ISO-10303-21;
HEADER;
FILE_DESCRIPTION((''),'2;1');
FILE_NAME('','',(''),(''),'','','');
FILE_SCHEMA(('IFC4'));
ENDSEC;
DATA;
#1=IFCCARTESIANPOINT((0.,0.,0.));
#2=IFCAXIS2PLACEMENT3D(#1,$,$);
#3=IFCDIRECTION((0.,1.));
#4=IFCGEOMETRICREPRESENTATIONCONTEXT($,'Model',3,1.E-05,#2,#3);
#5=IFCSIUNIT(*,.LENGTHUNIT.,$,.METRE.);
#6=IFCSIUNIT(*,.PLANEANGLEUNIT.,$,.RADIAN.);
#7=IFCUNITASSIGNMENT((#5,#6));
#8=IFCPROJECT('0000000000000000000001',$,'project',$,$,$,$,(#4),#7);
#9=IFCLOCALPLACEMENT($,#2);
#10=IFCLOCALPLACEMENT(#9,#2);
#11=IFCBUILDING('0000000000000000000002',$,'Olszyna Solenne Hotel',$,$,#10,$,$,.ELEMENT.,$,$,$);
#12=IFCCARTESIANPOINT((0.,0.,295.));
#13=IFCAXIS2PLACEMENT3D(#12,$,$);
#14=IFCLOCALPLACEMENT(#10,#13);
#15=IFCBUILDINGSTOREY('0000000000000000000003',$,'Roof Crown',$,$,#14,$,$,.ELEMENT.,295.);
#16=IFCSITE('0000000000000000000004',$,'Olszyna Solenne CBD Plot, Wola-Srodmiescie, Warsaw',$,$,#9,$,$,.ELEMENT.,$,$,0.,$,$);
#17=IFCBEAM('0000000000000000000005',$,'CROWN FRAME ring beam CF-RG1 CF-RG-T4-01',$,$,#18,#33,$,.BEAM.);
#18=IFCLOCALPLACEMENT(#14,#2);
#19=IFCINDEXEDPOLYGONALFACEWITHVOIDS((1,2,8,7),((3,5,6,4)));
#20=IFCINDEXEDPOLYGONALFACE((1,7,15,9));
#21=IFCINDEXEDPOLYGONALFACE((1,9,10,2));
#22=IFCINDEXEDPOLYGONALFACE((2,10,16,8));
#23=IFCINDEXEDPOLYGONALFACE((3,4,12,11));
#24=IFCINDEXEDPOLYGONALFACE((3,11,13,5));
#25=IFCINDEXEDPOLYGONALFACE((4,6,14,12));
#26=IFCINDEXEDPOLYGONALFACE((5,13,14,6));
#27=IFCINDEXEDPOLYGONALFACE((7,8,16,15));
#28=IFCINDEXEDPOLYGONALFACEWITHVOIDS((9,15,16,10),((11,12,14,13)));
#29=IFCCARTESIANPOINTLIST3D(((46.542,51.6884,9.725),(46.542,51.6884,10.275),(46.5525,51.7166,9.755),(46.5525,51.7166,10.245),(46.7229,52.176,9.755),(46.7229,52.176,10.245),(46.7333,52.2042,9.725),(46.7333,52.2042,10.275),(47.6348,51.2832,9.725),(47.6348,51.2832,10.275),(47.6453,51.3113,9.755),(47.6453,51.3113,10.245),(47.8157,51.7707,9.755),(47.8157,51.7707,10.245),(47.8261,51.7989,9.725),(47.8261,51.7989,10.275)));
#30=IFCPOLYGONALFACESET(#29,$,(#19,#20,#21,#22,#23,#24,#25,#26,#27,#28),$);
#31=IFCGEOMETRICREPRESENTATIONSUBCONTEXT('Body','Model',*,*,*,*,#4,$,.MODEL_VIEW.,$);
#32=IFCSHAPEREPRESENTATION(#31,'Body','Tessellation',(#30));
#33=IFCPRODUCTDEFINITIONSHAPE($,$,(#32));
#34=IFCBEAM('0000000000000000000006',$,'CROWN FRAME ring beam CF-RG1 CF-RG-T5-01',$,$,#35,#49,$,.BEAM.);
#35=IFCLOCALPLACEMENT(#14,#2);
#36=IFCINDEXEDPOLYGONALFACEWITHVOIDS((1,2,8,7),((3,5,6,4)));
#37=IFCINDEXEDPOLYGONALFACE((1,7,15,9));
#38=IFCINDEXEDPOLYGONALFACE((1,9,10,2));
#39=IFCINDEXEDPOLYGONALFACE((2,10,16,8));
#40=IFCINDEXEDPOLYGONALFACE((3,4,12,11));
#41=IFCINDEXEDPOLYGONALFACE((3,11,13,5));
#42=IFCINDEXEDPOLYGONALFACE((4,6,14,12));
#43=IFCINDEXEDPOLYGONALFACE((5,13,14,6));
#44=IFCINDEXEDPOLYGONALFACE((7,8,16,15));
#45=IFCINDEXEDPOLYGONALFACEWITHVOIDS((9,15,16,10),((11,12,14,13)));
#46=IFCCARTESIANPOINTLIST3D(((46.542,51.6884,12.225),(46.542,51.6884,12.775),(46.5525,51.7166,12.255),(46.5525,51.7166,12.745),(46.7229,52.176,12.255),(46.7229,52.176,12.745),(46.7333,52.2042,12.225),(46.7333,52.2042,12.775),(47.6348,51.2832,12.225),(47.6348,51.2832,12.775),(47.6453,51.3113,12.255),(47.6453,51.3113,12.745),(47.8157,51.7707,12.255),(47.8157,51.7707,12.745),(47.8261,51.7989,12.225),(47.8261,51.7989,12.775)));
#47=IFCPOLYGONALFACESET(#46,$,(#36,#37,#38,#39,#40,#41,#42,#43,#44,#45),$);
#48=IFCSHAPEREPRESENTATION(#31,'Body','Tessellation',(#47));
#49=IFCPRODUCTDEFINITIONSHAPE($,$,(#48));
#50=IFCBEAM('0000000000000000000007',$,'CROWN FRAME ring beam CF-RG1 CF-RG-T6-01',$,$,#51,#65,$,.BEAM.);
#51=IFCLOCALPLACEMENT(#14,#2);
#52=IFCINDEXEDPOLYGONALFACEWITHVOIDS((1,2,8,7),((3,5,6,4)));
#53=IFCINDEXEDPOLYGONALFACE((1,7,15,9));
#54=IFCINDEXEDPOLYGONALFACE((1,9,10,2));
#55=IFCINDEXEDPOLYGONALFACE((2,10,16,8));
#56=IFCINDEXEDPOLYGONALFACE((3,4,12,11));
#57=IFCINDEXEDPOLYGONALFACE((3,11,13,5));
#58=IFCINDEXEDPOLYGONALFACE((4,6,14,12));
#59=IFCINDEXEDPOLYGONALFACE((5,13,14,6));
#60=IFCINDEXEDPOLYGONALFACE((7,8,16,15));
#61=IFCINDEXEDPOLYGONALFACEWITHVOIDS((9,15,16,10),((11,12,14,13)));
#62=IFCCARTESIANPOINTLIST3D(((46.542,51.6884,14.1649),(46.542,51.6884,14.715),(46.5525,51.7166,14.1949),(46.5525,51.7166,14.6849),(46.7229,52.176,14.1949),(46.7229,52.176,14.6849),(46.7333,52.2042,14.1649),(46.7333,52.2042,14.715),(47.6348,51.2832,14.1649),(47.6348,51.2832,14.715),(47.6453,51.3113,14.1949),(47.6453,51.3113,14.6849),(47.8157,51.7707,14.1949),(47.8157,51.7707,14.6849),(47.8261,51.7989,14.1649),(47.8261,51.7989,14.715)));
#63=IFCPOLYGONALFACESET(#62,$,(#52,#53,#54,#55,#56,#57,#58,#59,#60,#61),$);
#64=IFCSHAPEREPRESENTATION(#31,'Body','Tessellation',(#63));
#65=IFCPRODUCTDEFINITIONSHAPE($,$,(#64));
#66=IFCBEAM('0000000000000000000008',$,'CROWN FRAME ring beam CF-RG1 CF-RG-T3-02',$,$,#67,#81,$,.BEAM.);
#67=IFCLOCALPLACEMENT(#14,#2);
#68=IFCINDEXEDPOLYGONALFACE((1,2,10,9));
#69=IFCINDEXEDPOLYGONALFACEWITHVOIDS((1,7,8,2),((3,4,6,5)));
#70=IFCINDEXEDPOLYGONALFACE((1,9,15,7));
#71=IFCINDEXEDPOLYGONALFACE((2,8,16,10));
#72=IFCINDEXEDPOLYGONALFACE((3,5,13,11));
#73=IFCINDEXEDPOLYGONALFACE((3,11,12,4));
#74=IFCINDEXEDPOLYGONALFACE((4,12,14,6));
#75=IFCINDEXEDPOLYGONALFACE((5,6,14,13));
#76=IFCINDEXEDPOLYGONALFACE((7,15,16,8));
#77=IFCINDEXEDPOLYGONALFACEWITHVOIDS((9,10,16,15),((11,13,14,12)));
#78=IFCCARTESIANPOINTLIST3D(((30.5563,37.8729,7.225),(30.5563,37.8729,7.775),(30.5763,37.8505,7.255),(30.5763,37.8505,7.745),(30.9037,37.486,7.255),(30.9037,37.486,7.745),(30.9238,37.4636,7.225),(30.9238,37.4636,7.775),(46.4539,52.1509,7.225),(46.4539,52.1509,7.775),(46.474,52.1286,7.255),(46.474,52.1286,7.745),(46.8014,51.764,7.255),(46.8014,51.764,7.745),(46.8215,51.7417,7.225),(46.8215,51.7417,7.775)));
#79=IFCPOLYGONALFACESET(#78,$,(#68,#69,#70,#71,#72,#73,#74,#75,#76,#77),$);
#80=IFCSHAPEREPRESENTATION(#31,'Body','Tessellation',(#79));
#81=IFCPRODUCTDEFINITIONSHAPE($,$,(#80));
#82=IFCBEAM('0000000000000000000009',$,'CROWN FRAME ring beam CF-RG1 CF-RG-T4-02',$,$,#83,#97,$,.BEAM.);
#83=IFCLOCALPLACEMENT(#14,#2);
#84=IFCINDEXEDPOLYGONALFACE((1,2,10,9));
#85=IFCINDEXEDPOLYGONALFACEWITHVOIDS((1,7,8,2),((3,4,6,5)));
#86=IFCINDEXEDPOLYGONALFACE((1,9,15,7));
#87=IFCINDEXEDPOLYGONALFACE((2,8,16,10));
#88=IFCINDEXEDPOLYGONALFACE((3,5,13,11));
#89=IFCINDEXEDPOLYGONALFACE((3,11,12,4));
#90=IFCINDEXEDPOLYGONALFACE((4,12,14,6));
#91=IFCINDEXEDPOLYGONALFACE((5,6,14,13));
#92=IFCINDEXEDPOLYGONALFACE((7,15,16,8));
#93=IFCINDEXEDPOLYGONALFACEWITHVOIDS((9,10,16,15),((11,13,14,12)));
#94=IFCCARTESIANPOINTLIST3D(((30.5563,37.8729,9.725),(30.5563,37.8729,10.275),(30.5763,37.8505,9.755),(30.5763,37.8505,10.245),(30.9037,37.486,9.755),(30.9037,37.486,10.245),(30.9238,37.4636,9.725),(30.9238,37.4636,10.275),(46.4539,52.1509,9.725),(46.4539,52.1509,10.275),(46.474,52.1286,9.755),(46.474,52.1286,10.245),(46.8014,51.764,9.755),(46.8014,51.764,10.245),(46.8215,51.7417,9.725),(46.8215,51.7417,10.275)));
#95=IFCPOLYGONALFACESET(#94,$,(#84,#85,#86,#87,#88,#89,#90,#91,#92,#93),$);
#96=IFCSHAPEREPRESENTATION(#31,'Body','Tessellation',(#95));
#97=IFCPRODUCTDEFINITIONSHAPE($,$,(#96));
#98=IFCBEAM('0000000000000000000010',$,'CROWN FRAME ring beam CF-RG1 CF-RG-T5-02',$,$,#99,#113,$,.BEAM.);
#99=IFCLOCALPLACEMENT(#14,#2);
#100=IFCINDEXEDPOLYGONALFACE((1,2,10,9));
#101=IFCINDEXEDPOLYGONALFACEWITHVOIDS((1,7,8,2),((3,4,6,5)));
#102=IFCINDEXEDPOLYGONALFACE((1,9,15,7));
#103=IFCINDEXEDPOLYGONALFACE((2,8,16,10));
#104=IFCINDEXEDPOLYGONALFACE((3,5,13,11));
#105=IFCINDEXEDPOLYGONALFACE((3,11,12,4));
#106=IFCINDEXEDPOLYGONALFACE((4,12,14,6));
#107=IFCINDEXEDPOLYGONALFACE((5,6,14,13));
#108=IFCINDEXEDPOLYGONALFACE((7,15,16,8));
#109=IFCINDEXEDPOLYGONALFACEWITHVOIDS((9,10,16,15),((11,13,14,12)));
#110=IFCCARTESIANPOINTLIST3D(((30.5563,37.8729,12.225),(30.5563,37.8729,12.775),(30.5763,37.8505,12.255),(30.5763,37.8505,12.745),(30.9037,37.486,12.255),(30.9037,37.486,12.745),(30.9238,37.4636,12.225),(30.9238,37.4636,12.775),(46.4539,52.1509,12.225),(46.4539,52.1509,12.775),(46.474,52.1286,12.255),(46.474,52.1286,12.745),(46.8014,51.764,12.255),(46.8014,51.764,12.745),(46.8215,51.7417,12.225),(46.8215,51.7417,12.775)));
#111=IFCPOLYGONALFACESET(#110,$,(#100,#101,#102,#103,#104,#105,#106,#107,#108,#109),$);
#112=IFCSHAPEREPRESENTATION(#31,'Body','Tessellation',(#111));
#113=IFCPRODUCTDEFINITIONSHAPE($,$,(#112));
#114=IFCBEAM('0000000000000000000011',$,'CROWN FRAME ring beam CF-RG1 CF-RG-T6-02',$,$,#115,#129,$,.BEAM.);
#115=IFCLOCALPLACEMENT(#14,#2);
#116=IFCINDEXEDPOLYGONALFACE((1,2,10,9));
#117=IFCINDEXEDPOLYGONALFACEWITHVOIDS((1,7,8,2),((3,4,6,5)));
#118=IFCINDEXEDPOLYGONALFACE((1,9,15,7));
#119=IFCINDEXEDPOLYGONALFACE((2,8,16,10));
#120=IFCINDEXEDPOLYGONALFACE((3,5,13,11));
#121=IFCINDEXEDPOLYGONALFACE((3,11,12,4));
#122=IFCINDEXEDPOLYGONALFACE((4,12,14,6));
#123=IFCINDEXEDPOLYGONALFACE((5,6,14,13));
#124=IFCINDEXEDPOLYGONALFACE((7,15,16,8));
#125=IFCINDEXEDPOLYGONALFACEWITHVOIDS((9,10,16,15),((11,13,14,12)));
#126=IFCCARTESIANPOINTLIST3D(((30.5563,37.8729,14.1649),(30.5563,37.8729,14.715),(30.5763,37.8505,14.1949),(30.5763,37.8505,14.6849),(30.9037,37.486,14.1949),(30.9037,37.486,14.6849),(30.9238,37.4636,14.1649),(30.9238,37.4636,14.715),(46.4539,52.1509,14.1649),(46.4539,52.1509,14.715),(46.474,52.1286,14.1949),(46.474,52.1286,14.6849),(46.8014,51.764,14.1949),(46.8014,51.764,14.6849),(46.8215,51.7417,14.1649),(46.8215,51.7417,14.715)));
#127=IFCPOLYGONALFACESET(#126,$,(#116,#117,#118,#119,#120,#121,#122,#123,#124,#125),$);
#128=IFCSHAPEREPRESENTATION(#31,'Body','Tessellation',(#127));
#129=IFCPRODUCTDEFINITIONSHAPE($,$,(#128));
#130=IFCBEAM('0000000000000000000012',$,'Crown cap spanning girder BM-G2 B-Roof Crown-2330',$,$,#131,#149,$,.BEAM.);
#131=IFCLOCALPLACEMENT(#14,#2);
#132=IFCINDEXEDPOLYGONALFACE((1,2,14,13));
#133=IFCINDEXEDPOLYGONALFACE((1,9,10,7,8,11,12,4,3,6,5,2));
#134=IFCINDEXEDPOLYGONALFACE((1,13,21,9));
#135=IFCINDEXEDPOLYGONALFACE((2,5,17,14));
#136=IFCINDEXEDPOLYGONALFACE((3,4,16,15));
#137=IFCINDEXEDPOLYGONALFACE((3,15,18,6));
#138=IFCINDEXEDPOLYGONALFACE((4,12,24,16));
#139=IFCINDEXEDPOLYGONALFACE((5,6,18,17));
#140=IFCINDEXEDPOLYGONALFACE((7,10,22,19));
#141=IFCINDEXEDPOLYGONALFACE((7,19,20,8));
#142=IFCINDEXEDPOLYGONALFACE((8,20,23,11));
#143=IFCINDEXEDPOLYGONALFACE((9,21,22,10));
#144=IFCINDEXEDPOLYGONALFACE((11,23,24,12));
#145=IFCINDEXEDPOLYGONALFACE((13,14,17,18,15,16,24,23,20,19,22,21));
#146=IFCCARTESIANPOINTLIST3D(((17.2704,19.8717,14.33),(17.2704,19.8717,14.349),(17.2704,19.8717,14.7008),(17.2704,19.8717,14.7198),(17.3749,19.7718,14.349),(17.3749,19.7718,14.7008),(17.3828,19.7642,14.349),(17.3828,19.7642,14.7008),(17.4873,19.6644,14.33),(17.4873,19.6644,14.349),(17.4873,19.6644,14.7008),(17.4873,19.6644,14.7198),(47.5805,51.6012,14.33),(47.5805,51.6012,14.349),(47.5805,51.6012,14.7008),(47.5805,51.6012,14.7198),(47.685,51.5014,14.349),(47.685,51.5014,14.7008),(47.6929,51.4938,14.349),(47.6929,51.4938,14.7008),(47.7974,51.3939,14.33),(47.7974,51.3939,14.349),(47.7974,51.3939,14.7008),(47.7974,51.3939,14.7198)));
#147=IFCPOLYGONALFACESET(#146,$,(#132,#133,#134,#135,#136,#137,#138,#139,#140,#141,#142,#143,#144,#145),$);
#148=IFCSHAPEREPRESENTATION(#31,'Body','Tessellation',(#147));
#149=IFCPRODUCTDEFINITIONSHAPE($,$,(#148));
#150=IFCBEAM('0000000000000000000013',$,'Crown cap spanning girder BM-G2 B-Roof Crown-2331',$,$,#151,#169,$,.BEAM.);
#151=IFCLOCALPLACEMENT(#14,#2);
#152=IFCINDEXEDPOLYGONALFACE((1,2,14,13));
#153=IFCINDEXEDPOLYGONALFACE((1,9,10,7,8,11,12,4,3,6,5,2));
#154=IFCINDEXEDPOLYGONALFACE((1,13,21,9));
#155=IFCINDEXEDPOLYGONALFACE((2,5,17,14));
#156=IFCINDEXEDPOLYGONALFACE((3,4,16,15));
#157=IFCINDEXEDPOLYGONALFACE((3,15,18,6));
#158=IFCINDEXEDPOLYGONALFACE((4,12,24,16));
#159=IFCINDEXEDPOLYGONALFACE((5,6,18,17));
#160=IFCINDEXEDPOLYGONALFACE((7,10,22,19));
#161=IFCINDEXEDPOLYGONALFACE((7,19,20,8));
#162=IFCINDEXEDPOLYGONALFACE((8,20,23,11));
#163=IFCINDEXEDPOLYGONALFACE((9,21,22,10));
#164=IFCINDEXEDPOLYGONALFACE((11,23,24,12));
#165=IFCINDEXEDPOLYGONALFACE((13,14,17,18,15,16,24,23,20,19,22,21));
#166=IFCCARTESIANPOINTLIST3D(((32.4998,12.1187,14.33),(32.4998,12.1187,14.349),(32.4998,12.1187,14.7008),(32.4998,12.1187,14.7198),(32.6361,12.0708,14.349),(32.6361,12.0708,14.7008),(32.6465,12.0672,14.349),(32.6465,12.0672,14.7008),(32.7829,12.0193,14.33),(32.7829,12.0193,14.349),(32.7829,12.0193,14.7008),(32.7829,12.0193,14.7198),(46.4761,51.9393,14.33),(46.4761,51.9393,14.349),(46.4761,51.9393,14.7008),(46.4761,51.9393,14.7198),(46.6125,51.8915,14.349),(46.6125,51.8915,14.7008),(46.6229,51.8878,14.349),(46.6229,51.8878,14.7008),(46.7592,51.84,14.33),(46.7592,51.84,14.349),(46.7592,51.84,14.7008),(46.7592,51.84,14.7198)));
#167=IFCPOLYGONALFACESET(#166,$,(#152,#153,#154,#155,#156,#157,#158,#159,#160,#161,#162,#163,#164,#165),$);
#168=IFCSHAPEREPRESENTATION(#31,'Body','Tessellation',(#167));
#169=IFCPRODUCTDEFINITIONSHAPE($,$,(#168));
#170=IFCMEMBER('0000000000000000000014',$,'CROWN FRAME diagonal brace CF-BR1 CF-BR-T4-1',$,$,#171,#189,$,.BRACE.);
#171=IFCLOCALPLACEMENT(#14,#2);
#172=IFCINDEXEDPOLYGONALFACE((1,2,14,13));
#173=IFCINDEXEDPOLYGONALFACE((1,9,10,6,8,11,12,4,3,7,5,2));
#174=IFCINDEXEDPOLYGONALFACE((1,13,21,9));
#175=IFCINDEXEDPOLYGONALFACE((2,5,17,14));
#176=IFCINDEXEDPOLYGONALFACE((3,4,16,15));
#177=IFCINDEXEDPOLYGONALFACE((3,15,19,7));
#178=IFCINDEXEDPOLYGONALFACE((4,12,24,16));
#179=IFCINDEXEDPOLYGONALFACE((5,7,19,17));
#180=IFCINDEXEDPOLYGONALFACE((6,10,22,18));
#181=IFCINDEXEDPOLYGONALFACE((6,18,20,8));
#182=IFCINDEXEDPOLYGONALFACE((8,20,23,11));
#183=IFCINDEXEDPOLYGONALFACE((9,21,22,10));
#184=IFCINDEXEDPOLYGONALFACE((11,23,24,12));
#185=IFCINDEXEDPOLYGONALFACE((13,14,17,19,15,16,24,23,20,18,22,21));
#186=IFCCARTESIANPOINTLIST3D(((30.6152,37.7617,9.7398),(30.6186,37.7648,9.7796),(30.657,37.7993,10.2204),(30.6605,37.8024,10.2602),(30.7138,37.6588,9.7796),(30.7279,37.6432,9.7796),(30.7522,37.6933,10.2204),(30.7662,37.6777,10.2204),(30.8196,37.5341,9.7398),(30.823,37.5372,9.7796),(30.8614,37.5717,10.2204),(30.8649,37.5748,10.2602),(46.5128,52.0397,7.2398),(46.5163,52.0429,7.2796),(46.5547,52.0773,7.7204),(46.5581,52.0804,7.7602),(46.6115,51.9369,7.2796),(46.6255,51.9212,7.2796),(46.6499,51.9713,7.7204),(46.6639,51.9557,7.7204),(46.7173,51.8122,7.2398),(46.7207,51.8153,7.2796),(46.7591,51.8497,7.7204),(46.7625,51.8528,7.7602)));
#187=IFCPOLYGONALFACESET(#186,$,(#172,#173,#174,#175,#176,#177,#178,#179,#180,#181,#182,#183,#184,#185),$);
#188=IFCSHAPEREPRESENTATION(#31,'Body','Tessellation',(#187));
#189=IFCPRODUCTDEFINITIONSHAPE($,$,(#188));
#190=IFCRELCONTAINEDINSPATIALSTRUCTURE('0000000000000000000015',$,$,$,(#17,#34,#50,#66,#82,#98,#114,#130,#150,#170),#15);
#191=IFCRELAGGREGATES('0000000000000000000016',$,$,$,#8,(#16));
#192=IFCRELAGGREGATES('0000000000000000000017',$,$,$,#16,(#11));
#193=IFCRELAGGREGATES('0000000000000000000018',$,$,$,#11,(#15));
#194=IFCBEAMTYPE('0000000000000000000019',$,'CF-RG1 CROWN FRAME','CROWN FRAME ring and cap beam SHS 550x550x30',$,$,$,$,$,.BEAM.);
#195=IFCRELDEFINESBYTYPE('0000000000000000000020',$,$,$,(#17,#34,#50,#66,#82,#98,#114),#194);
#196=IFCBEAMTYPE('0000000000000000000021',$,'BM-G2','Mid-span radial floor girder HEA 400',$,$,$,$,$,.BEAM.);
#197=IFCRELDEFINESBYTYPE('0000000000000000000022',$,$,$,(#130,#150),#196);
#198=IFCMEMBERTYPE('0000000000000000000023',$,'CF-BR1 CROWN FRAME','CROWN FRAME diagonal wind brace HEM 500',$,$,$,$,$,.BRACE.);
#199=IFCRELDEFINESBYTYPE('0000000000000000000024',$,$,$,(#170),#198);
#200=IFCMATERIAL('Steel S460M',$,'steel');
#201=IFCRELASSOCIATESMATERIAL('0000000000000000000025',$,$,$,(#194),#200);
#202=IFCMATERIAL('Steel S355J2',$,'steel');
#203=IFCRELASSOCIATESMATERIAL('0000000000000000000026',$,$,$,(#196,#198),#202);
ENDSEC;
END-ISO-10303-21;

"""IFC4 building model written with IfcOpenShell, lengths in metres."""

from ifc_helpers import new_model, si_unit, direction, frame, origin, origin_2d, place, context, subcontext, project, spatial, hollow_rectangle, i_section, extrude, source, transform, mapped, material, material_profile, profile_set, type_object, element, save


model = new_model("IFC4")

# Units and contexts
model_context = context("Model", 3, precision=1e-05, world=origin(), true_north=direction((0.0, 1.0)))
body_context = subcontext(model_context, "Body", "Model", "MODEL_VIEW")
ifc_project = project(units=[si_unit("LENGTHUNIT", "METRE"), si_unit("PLANEANGLEUNIT", "RADIAN")], contexts=[model_context])

# Site, building, storey
site_placement = place(None, origin())
site = spatial("IfcSite", under=ifc_project, at=site_placement, Name="Olszyna Solenne CBD Plot, Wola-Srodmiescie, Warsaw", CompositionType="ELEMENT", RefElevation=0.0)
building_placement = place(site_placement, origin())
building = spatial("IfcBuilding", under=site, at=building_placement, Name="Olszyna Solenne Hotel", CompositionType="ELEMENT")
storey_placement = place(building_placement, frame((0.0, 0.0, 295.0)))
storey = spatial("IfcBuildingStorey", under=building, at=storey_placement, Name="Roof Crown", CompositionType="ELEMENT", Elevation=295.0)

# Beams
ifc_material_1 = material(Name="Steel S460M", Category="steel")
ifc_material_profile_1 = material_profile(ifc_material_1, hollow_rectangle(XDim=0.55, YDim=0.55, WallThickness=0.03, at=origin_2d()), Name="SHS 550x550x30", Category="load-bearing")
ifc_profile_set_1 = profile_set([ifc_material_profile_1], Name="Steel S460M")
beam_type_1 = type_object("IfcBeamType", Name="CF-RG1 CROWN FRAME", Description="CROWN FRAME ring and cap beam SHS 550x550x30", PredefinedType="BEAM", material=ifc_profile_set_1)
shared_shape_1 = source(origin(), body_context, "Body", "SweptSolid", [
    extrude(hollow_rectangle(XDim=0.55, YDim=0.55, WallThickness=0.03, at=origin_2d()), origin(), (0.0, 0.0, 1.0), 1.1655),
])
for number, where, z_axis, x_axis, name in (
    (1, (47.7305, 51.541, 10.0), (-0.937597, 0.347724, 0.0), (-0.347724, -0.937597, 0.0), "CROWN FRAME ring beam CF-RG1 CF-RG-T4-01"),
    (2, (47.7305, 51.541, 12.5), (-0.937597, 0.347724, 0.0), (-0.347724, -0.937597, 0.0), "CROWN FRAME ring beam CF-RG1 CF-RG-T5-01"),
    (3, (47.7305, 51.541, 14.4399), (-0.937597, 0.347724, 0.0), (-0.347724, -0.937597, 0.0), "CROWN FRAME ring beam CF-RG1 CF-RG-T6-01"),
):
    element("IfcBeam", number, at=place(storey_placement, frame(where, z_axis=z_axis, x_axis=x_axis)), inside=storey, type_object=beam_type_1, Name=name, PredefinedType="BEAM", context=body_context, shape_type="MappedRepresentation", body=[
        mapped(shared_shape_1, transform((0.0, 0.0, 0.0), x_axis=(1.0, 0.0, 0.0), y_axis=(0.0, 1.0, 0.0), z_axis=(0.0, 0.0, 1.0), scale=1.0)),
    ])
shared_shape_2 = source(origin(), body_context, "Body", "SweptSolid", [
    extrude(hollow_rectangle(XDim=0.55, YDim=0.55, WallThickness=0.03, at=origin_2d()), origin(), (0.0, 0.0, 1.0), 21.3682),
])
for number, where, z_axis, x_axis, name in (
    (4, (46.6377, 51.9463, 7.5), (-0.743989, -0.668192, 0.0), (0.668192, -0.743989, 0.0), "CROWN FRAME ring beam CF-RG1 CF-RG-T3-02"),
    (5, (46.6377, 51.9463, 10.0), (-0.743989, -0.668192, 0.0), (0.668192, -0.743989, 0.0), "CROWN FRAME ring beam CF-RG1 CF-RG-T4-02"),
    (6, (46.6377, 51.9463, 12.5), (-0.743989, -0.668192, 0.0), (0.668192, -0.743989, 0.0), "CROWN FRAME ring beam CF-RG1 CF-RG-T5-02"),
    (7, (46.6377, 51.9463, 14.4399), (-0.743989, -0.668192, 0.0), (0.668192, -0.743989, 0.0), "CROWN FRAME ring beam CF-RG1 CF-RG-T6-02"),
):
    element("IfcBeam", number, at=place(storey_placement, frame(where, z_axis=z_axis, x_axis=x_axis)), inside=storey, type_object=beam_type_1, Name=name, PredefinedType="BEAM", context=body_context, shape_type="MappedRepresentation", body=[
        mapped(shared_shape_2, transform((0.0, 0.0, 0.0), x_axis=(1.0, 0.0, 0.0), y_axis=(0.0, 1.0, 0.0), z_axis=(0.0, 0.0, 1.0), scale=1.0)),
    ])
ifc_material_2 = material(Name="Steel S355J2", Category="steel")
ifc_material_profile_2 = material_profile(ifc_material_2, i_section(OverallWidth=0.3, OverallDepth=0.3899, WebThickness=0.011, FlangeThickness=0.019, at=origin_2d()), Name="HEA 400", Category="load-bearing")
ifc_profile_set_2 = profile_set([ifc_material_profile_2], Name="Steel S355J2")
beam_type_2 = type_object("IfcBeamType", Name="BM-G2", Description="Mid-span radial floor girder HEA 400", PredefinedType="BEAM", material=ifc_profile_set_2)
shared_shape_3 = source(origin(), body_context, "Body", "SweptSolid", [
    extrude(i_section(OverallWidth=0.3, OverallDepth=0.3899, WebThickness=0.011, FlangeThickness=0.019, at=origin_2d()), origin(), (0.0, 0.0, 1.0), 43.8801),
])
beam_1_placement = place(storey_placement, frame((47.689, 51.4976, 14.5249), z_axis=(-0.690748, -0.723096, 0.0), x_axis=(0.723096, -0.690748, 0.0)))
element("IfcBeam", 8, at=beam_1_placement, inside=storey, type_object=beam_type_2, Name="Crown cap spanning girder BM-G2 B-Roof Crown-2330", PredefinedType="BEAM", context=body_context, shape_type="MappedRepresentation", body=[
    mapped(shared_shape_3, transform((0.0, 0.0, 0.0), x_axis=(1.0, 0.0, 0.0), y_axis=(0.0, 1.0, 0.0), z_axis=(0.0, 0.0, 1.0), scale=1.0)),
])
shared_shape_4 = source(origin(), body_context, "Body", "SweptSolid", [
    extrude(i_section(OverallWidth=0.3, OverallDepth=0.3899, WebThickness=0.011, FlangeThickness=0.019, at=origin_2d()), origin(), (0.0, 0.0, 1.0), 42.2021),
])
beam_2_placement = place(storey_placement, frame((46.6177, 51.8896, 14.5249), z_axis=(-0.331176, -0.943569, 0.0), x_axis=(0.943569, -0.331176, 0.0)))
element("IfcBeam", 9, at=beam_2_placement, inside=storey, type_object=beam_type_2, Name="Crown cap spanning girder BM-G2 B-Roof Crown-2331", PredefinedType="BEAM", context=body_context, shape_type="MappedRepresentation", body=[
    mapped(shared_shape_4, transform((0.0, 0.0, 0.0), x_axis=(1.0, 0.0, 0.0), y_axis=(0.0, 1.0, 0.0), z_axis=(0.0, 0.0, 1.0), scale=1.0)),
])

# Member
ifc_material_profile_3 = material_profile(ifc_material_2, i_section(OverallWidth=0.3059, OverallDepth=0.5239, WebThickness=0.021, FlangeThickness=0.04, at=origin_2d()), Name="HEM 500", Category="load-bearing")
ifc_profile_set_3 = profile_set([ifc_material_profile_3], Name="Steel S355J2")
member_type = type_object("IfcMemberType", Name="CF-BR1 CROWN FRAME", Description="CROWN FRAME diagonal wind brace HEM 500", PredefinedType="BRACE", material=ifc_profile_set_3)
shared_shape_5 = source(origin(), body_context, "Body", "SweptSolid", [
    extrude(i_section(OverallWidth=0.3059, OverallDepth=0.5239, WebThickness=0.021, FlangeThickness=0.04, at=origin_2d()), origin(), (0.0, 0.0, 1.0), 21.5139),
])
member_1_placement = place(storey_placement, frame((46.6377, 51.9463, 7.5), z_axis=(-0.738948, -0.663666, 0.116204), x_axis=(0.668192, -0.743989, 0.0)))
element("IfcMember", 10, at=member_1_placement, inside=storey, type_object=member_type, Name="CROWN FRAME diagonal brace CF-BR1 CF-BR-T4-1", PredefinedType="BRACE", context=body_context, shape_type="MappedRepresentation", body=[
    mapped(shared_shape_5, transform((0.0, 0.0, 0.0), x_axis=(1.0, 0.0, 0.0), y_axis=(0.0, 1.0, 0.0), z_axis=(0.0, 0.0, 1.0), scale=1.0)),
])

save(model, "model.ifc")
